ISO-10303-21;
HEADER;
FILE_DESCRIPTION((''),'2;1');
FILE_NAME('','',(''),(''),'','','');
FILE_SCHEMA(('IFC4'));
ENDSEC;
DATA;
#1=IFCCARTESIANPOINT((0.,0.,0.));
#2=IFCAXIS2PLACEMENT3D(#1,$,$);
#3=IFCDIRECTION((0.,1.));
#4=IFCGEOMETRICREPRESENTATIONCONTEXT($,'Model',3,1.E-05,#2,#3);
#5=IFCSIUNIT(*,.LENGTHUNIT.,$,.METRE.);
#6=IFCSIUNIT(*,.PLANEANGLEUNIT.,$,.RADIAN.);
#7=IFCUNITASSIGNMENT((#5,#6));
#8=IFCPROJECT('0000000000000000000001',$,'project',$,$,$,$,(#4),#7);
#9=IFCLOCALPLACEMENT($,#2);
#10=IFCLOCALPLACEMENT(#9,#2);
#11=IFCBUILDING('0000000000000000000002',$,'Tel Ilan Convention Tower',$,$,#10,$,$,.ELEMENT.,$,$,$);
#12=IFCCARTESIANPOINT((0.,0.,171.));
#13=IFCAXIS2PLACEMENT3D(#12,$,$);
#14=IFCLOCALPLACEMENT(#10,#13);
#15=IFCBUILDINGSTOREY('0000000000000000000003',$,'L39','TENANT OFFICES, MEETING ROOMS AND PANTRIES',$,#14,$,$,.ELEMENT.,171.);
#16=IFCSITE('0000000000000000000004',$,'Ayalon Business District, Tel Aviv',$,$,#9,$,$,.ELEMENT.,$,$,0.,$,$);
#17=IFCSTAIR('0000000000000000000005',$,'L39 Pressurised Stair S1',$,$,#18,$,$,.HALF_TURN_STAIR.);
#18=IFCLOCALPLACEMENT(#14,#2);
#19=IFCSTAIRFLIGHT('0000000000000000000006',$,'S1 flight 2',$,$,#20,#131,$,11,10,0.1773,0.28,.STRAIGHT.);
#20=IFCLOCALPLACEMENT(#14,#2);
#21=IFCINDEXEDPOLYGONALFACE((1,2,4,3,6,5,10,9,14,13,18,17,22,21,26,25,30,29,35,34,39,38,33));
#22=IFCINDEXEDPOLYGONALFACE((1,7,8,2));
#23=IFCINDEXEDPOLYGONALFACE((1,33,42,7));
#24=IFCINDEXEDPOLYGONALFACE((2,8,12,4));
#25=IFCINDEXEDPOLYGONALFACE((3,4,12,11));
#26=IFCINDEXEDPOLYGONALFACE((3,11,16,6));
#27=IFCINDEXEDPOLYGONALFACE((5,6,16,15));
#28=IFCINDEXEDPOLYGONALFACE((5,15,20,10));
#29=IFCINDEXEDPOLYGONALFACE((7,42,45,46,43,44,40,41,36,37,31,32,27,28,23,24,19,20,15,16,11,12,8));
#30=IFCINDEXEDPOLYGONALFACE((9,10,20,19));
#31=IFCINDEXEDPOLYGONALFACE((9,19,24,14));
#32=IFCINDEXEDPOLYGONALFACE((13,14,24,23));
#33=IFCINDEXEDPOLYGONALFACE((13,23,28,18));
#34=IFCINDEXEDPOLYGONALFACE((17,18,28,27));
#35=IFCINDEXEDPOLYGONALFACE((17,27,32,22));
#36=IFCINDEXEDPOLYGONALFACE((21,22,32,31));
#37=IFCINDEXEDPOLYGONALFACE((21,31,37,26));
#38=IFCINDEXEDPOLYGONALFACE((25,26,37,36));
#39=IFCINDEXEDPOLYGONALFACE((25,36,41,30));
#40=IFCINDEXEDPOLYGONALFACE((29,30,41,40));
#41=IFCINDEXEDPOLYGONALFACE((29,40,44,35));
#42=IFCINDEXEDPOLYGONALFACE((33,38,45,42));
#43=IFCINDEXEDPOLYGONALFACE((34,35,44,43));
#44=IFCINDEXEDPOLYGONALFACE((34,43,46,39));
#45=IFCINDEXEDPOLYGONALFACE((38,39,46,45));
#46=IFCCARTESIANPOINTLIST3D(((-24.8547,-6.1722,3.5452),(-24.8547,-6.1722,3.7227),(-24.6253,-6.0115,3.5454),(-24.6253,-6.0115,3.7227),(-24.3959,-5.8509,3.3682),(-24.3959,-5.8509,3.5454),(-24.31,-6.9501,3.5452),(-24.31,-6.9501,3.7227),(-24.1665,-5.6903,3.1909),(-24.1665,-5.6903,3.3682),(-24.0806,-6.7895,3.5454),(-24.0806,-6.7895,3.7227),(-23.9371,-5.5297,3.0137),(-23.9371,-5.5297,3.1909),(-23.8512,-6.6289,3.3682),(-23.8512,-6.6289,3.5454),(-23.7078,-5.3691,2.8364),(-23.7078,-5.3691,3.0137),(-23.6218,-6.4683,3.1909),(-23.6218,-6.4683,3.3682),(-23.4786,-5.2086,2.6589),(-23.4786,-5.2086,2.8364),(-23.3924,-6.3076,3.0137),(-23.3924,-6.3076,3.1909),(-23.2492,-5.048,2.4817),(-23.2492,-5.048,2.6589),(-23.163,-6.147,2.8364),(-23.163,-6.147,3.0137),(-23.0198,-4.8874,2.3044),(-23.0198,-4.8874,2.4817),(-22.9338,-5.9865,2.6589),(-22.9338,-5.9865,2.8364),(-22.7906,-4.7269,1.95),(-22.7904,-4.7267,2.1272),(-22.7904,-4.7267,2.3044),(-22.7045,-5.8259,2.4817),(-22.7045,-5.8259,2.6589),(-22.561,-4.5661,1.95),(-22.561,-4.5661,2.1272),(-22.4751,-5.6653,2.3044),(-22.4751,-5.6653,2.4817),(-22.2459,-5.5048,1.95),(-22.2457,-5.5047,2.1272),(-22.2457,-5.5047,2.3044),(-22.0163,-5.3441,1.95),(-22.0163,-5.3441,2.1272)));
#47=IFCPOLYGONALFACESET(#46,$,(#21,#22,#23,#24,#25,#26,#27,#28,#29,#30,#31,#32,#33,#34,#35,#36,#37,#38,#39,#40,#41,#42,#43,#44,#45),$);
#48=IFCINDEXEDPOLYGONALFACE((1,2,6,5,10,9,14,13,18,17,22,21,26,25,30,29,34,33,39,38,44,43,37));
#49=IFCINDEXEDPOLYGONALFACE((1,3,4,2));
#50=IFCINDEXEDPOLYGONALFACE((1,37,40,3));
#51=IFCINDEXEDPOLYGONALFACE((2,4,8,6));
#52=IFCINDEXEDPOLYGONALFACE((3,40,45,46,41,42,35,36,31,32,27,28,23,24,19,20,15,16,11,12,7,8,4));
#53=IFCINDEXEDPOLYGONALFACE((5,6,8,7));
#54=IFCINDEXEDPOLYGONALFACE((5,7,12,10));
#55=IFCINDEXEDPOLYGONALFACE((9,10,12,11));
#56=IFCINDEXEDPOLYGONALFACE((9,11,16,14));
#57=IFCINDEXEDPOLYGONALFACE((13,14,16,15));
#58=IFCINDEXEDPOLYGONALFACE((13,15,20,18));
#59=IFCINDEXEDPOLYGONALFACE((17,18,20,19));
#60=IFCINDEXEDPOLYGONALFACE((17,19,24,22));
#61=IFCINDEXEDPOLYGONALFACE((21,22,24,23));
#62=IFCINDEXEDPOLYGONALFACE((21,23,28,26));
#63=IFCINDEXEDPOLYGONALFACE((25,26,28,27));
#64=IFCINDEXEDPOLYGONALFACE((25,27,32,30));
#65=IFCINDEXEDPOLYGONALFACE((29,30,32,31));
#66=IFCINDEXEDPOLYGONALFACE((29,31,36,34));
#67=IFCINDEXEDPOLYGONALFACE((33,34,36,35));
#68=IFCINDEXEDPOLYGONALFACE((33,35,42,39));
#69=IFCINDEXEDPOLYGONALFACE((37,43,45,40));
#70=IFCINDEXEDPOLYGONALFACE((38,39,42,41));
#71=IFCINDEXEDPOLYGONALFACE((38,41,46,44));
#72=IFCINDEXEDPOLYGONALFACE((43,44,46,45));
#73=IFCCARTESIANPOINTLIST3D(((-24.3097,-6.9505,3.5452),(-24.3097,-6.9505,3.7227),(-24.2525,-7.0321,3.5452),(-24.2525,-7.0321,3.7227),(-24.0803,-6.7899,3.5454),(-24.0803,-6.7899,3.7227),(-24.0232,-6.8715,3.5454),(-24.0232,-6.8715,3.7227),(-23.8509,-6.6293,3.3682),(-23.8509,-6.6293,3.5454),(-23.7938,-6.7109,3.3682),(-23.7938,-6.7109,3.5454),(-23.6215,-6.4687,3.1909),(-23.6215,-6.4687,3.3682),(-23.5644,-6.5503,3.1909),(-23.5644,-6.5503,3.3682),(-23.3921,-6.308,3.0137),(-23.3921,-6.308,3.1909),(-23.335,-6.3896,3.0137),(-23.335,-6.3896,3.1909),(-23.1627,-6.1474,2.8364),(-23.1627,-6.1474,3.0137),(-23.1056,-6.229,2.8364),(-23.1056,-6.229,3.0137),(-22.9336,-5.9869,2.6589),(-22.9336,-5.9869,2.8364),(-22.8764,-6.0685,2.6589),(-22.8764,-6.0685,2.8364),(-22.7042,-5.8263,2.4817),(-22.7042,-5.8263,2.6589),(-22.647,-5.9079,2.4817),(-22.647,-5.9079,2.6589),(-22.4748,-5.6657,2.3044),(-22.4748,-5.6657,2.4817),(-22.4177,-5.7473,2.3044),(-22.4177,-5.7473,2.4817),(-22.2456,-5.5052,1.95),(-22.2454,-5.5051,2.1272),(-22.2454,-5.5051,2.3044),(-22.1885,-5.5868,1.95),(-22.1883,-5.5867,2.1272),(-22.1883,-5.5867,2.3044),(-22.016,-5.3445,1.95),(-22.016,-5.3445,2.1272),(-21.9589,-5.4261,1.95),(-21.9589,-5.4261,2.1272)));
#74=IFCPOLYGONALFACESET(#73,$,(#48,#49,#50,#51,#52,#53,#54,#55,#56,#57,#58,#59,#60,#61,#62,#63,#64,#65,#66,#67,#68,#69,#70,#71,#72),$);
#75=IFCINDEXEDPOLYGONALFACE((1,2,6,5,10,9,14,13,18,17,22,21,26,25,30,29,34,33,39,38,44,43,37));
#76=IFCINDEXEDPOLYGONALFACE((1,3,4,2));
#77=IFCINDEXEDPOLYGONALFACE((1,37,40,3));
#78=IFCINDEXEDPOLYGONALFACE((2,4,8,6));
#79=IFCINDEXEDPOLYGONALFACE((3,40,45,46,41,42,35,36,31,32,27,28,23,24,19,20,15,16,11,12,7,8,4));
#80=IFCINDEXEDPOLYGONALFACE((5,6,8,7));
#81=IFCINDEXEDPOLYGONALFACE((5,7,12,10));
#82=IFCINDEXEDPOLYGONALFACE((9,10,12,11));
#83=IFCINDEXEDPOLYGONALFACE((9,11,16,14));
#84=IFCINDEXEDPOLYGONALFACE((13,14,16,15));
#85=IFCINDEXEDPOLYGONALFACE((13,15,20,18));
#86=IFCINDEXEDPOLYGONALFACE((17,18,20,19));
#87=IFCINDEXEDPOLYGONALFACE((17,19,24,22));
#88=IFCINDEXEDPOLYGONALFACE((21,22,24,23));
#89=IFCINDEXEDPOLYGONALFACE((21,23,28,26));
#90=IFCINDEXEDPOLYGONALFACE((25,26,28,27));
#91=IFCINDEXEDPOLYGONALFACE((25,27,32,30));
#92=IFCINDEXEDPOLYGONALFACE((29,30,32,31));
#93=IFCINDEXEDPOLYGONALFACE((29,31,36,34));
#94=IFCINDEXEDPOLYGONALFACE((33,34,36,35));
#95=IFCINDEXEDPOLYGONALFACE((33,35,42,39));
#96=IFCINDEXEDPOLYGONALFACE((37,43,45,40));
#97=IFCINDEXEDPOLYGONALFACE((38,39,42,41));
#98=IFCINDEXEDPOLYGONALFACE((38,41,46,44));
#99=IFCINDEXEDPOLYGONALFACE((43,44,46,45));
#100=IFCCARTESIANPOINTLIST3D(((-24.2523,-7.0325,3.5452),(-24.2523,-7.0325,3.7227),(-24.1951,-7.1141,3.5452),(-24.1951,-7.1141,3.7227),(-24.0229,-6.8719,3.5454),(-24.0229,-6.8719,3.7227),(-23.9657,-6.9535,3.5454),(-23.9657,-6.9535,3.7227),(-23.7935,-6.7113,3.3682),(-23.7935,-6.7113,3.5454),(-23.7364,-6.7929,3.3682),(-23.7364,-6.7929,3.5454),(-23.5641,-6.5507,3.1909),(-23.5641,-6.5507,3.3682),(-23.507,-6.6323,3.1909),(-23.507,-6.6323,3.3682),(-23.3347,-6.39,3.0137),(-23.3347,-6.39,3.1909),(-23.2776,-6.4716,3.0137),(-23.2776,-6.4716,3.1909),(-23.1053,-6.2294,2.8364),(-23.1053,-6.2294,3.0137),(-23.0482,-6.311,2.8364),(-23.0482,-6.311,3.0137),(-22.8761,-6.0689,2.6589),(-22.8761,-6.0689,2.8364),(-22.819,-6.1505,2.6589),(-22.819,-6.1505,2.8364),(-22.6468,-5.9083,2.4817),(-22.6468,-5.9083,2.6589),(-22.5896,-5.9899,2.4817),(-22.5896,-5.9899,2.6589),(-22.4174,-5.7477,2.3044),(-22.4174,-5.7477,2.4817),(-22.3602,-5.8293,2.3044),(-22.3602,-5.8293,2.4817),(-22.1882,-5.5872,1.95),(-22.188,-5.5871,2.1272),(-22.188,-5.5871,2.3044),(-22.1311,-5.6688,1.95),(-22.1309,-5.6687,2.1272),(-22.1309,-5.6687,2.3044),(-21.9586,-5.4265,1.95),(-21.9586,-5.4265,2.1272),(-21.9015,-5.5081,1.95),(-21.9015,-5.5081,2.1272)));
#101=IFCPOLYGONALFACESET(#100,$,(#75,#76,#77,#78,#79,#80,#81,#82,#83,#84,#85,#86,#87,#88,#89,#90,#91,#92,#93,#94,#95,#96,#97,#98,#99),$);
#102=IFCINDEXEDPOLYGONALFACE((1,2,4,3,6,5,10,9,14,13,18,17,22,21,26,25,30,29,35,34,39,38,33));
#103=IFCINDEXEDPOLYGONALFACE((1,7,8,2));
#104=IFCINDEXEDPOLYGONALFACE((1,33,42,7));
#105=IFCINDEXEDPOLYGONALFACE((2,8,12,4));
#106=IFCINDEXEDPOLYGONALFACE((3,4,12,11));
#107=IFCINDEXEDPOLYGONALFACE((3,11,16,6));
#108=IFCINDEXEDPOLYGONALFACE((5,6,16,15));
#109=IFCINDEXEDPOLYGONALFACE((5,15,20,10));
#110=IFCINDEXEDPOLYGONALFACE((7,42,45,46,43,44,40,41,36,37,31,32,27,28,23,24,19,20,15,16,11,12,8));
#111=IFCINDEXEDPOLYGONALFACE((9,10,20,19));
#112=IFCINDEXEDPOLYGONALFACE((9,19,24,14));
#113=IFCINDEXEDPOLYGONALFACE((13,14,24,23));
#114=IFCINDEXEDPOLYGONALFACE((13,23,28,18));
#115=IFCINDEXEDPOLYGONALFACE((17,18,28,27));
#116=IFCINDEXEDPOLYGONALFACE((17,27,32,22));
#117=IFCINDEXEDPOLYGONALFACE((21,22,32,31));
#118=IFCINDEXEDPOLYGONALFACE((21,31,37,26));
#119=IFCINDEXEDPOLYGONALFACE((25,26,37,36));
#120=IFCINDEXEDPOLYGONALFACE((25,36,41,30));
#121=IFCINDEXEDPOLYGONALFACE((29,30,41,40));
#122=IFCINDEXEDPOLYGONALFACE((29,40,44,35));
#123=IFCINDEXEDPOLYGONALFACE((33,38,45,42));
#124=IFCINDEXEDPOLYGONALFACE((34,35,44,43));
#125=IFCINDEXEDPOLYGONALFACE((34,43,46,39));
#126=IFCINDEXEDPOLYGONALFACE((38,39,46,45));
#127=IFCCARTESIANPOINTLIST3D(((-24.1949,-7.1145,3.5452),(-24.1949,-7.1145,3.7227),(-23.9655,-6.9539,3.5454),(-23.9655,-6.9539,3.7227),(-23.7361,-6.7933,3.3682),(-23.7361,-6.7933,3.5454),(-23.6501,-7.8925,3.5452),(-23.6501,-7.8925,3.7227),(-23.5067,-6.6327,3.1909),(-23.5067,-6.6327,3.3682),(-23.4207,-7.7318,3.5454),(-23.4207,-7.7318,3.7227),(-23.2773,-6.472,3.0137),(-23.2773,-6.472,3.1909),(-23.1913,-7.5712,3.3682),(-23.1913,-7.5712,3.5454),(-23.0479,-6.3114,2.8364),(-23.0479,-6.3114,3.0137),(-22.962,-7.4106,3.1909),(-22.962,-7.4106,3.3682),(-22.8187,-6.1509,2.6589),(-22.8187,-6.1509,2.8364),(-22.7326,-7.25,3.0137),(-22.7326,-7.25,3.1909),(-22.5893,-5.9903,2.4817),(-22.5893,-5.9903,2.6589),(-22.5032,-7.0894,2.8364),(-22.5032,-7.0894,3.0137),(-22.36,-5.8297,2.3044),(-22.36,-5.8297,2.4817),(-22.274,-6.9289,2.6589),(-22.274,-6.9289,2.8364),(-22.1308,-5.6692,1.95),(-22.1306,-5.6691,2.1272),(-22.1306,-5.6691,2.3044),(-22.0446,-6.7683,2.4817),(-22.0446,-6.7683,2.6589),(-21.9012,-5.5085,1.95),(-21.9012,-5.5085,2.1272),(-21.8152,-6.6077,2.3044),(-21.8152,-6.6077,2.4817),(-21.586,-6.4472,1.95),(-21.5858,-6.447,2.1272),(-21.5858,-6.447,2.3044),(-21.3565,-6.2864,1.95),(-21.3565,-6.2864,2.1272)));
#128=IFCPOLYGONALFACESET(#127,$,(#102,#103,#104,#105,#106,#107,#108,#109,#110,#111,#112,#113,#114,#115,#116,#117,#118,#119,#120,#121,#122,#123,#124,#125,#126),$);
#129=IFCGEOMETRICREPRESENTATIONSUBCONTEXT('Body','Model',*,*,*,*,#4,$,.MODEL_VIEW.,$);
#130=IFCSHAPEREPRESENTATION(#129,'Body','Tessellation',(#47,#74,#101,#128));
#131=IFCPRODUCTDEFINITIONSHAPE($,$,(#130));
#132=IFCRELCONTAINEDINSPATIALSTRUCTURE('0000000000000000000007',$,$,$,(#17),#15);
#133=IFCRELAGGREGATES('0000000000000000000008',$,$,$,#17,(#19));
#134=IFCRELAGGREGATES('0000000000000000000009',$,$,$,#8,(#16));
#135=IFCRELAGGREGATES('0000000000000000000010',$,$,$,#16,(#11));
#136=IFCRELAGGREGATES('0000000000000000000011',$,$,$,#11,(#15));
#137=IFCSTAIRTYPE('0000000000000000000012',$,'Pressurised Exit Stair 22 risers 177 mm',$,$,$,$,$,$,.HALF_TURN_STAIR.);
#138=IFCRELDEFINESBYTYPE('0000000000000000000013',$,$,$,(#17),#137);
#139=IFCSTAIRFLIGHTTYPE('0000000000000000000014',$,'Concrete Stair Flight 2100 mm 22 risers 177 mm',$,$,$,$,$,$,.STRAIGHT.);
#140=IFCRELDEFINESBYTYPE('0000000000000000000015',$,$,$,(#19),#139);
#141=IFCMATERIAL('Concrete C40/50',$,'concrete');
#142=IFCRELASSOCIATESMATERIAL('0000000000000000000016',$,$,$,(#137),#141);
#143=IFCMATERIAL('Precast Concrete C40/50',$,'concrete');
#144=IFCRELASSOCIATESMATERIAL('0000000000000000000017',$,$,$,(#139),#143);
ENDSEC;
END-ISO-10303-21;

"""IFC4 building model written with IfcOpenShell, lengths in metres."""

from ifc_helpers import new_model, si_unit, direction, frame, origin, place, context, subcontext, project, spatial, polyline, outline, extrude, material, type_object, element, aggregate, save


model = new_model("IFC4")

# Units and contexts
model_context = context("Model", 3, precision=1e-05, world=origin(), true_north=direction((0.0, 1.0)))
body_context = subcontext(model_context, "Body", "Model", "MODEL_VIEW")
ifc_project = project(units=[si_unit("LENGTHUNIT", "METRE"), si_unit("PLANEANGLEUNIT", "RADIAN")], contexts=[model_context])

# Site, building, storey
site_placement = place(None, origin())
site = spatial("IfcSite", under=ifc_project, at=site_placement, Name="Ayalon Business District, Tel Aviv", CompositionType="ELEMENT", RefElevation=0.0)
building_placement = place(site_placement, origin())
building = spatial("IfcBuilding", under=site, at=building_placement, Name="Tel Ilan Convention Tower", CompositionType="ELEMENT")
storey_placement = place(building_placement, frame((0.0, 0.0, 171.0)))
storey = spatial("IfcBuildingStorey", under=building, at=storey_placement, Name="L39", Description="TENANT OFFICES, MEETING ROOMS AND PANTRIES", CompositionType="ELEMENT", Elevation=171.0)

# Stair, stair flight
ifc_material_1 = material(Name="Concrete C40/50", Category="concrete")
stair_type = type_object("IfcStairType", Name="Pressurised Exit Stair 22 risers 177 mm", PredefinedType="HALF_TURN_STAIR", material=ifc_material_1)
stair_1_placement = place(storey_placement, origin())
stair_1 = element("IfcStair", 1, at=stair_1_placement, inside=storey, type_object=stair_type, Name="L39 Pressurised Stair S1", PredefinedType="HALF_TURN_STAIR")
ifc_material_2 = material(Name="Precast Concrete C40/50", Category="concrete")
stair_flight_type = type_object("IfcStairFlightType", Name="Concrete Stair Flight 2100 mm 22 risers 177 mm", PredefinedType="STRAIGHT", material=ifc_material_2)
stair_flight_1_placement = place(storey_placement, frame((-21.9587, -5.4263, 1.95), z_axis=(0.0, 0.0, 1.0), x_axis=(-0.819152, -0.573576, 0.0)))
stair_flight_1 = element("IfcStairFlight", 2, at=stair_flight_1_placement, type_object=stair_flight_type, Name="S1 flight 2", NumberOfRisers=11, NumberOfTreads=10, PredefinedType="STRAIGHT", RiserHeight=0.1773, TreadLength=0.28, context=body_context, shape_type="SweptSolid", body=[
    extrude(outline(polyline([(0.0, 0.0), (0.0, 0.1772), (0.28, 0.1772), (0.28, 0.3545), (0.5601, 0.3545), (0.5601, 0.5317), (0.8401, 0.5317), (0.8401, 0.709), (1.1201, 0.709), (1.1201, 0.8865), (1.3999, 0.8865), (1.3999, 1.0637), (1.6799, 1.0637), (1.6799, 1.241), (1.96, 1.241), (1.96, 1.4182), (2.24, 1.4182), (2.24, 1.5955), (2.52, 1.5955), (2.52, 1.7727), (2.8, 1.7727), (2.8, 1.95), (2.8, 1.5952), (0.2803, 0.0), (0.0, 0.0)])), frame((0.0, -0.1003, 0.0), z_axis=(0.0, -1.0, 0.0), x_axis=(1.0, 0.0, 0.0)), (0.0, 0.0, 1.0), 0.9497),
    extrude(outline(polyline([(0.0, 0.0), (0.0, 0.1772), (0.28, 0.1772), (0.28, 0.3545), (0.5601, 0.3545), (0.5601, 0.5317), (0.8401, 0.5317), (0.8401, 0.709), (1.1201, 0.709), (1.1201, 0.8865), (1.3999, 0.8865), (1.3999, 1.0637), (1.6799, 1.0637), (1.6799, 1.241), (1.96, 1.241), (1.96, 1.4182), (2.24, 1.4182), (2.24, 1.5955), (2.52, 1.5955), (2.52, 1.7727), (2.8, 1.7727), (2.8, 1.95), (2.8, 1.5952), (0.2803, 0.0), (0.0, 0.0)])), frame((0.0, -0.0002, 0.0), z_axis=(0.0, -1.0, 0.0), x_axis=(1.0, 0.0, 0.0)), (0.0, 0.0, 1.0), 0.0996),
    extrude(outline(polyline([(0.0, 0.0), (0.0, 0.1772), (0.28, 0.1772), (0.28, 0.3545), (0.5601, 0.3545), (0.5601, 0.5317), (0.8401, 0.5317), (0.8401, 0.709), (1.1201, 0.709), (1.1201, 0.8865), (1.3999, 0.8865), (1.3999, 1.0637), (1.6799, 1.0637), (1.6799, 1.241), (1.96, 1.241), (1.96, 1.4182), (2.24, 1.4182), (2.24, 1.5955), (2.52, 1.5955), (2.52, 1.7727), (2.8, 1.7727), (2.8, 1.95), (2.8, 1.5952), (0.2803, 0.0), (0.0, 0.0)])), frame((0.0, 0.0999, 0.0), z_axis=(0.0, -1.0, 0.0), x_axis=(1.0, 0.0, 0.0)), (0.0, 0.0, 1.0), 0.0996),
    extrude(outline(polyline([(0.0, 0.0), (0.0, 0.1772), (0.28, 0.1772), (0.28, 0.3545), (0.5601, 0.3545), (0.5601, 0.5317), (0.8401, 0.5317), (0.8401, 0.709), (1.1201, 0.709), (1.1201, 0.8865), (1.3999, 0.8865), (1.3999, 1.0637), (1.6799, 1.0637), (1.6799, 1.241), (1.96, 1.241), (1.96, 1.4182), (2.24, 1.4182), (2.24, 1.5955), (2.52, 1.5955), (2.52, 1.7727), (2.8, 1.7727), (2.8, 1.95), (2.8, 1.5952), (0.2803, 0.0), (0.0, 0.0)])), frame((0.0, 1.05, 0.0), z_axis=(0.0, -1.0, 0.0), x_axis=(1.0, 0.0, 0.0)), (0.0, 0.0, 1.0), 0.9497),
])
aggregate(stair_1, [stair_flight_1])

save(model, "model.ifc")
